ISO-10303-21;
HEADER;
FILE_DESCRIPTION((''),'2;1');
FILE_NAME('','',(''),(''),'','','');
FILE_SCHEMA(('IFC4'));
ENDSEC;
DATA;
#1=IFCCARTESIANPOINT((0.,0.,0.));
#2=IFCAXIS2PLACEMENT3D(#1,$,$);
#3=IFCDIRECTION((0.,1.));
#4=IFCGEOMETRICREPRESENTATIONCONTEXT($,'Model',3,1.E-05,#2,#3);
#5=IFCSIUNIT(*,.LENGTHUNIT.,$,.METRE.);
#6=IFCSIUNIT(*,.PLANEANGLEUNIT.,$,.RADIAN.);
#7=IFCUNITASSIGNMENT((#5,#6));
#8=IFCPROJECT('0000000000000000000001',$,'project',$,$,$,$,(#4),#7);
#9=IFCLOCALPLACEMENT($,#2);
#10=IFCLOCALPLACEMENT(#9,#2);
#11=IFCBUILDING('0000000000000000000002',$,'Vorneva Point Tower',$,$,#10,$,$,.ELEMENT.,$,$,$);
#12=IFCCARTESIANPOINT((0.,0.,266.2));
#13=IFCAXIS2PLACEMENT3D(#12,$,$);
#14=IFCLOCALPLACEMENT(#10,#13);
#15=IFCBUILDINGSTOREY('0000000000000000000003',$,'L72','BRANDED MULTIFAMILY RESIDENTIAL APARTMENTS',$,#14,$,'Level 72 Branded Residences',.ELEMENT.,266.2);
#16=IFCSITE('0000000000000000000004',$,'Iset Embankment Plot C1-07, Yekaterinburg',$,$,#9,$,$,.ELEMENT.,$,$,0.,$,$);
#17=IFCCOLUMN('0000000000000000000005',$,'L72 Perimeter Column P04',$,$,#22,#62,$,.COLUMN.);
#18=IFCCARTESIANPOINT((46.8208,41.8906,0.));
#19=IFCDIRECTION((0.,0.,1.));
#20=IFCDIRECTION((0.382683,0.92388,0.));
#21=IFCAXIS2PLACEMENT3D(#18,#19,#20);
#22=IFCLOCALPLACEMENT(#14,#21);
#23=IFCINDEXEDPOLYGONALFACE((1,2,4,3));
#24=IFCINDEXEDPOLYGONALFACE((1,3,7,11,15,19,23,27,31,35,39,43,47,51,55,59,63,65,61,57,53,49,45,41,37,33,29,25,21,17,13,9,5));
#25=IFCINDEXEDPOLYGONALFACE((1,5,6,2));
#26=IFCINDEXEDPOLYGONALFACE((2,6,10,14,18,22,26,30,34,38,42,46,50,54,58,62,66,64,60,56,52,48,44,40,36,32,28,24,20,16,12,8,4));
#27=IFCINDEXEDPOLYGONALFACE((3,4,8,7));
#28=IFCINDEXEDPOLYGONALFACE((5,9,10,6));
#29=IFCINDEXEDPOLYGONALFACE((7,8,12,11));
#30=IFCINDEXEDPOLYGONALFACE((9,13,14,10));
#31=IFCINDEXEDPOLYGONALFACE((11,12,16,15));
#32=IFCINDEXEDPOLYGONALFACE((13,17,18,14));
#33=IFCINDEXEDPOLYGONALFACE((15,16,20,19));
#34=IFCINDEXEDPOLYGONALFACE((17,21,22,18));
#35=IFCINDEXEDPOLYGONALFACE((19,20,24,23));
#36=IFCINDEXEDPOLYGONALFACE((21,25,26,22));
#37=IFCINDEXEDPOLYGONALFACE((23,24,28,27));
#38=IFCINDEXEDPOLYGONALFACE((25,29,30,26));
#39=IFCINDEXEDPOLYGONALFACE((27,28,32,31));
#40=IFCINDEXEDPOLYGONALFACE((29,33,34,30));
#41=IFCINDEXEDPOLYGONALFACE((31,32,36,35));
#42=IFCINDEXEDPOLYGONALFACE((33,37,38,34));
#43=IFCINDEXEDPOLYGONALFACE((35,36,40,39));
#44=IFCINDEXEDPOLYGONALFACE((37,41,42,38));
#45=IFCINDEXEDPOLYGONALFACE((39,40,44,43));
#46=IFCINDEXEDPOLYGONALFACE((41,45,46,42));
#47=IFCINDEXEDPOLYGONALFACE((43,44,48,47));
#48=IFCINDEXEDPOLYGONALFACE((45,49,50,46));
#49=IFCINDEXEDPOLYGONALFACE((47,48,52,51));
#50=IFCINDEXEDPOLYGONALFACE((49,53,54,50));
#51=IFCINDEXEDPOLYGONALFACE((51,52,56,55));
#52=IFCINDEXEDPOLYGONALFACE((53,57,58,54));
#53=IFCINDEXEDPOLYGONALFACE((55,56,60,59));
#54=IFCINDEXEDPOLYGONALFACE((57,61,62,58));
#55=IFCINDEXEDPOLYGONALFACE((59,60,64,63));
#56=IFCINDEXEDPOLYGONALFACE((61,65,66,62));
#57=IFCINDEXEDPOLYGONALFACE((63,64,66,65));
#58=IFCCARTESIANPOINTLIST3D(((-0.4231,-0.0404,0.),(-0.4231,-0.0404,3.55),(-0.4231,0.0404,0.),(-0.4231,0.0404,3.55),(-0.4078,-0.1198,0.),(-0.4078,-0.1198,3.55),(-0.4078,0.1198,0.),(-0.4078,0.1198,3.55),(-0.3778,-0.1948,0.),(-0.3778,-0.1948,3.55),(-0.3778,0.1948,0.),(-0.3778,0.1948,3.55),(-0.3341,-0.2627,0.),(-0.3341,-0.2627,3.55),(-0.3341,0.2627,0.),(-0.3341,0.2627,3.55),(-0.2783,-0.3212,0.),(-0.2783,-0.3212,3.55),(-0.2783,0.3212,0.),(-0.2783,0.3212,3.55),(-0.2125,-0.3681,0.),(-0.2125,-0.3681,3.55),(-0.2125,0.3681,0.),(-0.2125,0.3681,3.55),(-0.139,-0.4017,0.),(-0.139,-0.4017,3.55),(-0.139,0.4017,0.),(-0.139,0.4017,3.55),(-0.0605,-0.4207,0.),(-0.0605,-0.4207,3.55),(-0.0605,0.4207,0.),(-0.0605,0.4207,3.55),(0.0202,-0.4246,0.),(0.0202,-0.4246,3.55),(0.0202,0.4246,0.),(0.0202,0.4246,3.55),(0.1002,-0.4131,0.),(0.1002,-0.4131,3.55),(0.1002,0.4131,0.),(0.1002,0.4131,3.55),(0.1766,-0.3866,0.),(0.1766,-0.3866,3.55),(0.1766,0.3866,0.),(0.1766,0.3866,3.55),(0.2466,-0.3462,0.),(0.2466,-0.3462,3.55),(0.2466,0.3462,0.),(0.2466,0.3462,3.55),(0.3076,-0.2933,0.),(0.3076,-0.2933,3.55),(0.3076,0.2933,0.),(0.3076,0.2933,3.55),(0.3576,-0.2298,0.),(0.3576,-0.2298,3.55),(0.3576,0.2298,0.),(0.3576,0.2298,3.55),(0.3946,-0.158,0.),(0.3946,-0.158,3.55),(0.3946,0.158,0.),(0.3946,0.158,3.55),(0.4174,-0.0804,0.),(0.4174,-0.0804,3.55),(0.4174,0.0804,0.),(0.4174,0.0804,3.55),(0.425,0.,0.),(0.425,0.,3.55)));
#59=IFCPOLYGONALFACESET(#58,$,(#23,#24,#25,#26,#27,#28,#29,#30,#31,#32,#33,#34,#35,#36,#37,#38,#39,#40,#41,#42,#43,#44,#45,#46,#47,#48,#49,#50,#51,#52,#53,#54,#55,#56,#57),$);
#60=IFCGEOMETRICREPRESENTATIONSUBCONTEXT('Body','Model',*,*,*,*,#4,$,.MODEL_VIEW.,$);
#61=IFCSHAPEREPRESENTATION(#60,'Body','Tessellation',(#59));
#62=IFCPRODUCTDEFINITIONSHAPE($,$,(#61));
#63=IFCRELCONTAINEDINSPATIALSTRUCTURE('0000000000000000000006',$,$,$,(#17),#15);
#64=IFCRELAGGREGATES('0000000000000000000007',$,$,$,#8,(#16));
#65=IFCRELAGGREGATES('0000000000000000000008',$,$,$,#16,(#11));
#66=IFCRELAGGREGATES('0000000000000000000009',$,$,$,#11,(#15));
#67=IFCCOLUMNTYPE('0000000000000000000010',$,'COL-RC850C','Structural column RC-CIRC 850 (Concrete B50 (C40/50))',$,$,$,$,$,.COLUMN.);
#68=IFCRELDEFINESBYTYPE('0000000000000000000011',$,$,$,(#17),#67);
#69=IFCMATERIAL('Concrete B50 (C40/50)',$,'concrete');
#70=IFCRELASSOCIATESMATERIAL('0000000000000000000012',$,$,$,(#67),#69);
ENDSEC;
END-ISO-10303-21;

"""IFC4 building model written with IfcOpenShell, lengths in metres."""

from ifc_helpers import new_model, si_unit, direction, frame, origin, origin_2d, place, context, subcontext, project, spatial, circle, extrude, material, material_profile, profile_set, type_object, element, save


model = new_model("IFC4")

# Units and contexts
model_context = context("Model", 3, precision=1e-05, world=origin(), true_north=direction((0.0, 1.0)))
body_context = subcontext(model_context, "Body", "Model", "MODEL_VIEW")
ifc_project = project(units=[si_unit("LENGTHUNIT", "METRE"), si_unit("PLANEANGLEUNIT", "RADIAN")], contexts=[model_context])

# Site, building, storey
site_placement = place(None, origin())
site = spatial("IfcSite", under=ifc_project, at=site_placement, Name="Iset Embankment Plot C1-07, Yekaterinburg", CompositionType="ELEMENT", RefElevation=0.0)
building_placement = place(site_placement, origin())
building = spatial("IfcBuilding", under=site, at=building_placement, Name="Vorneva Point Tower", CompositionType="ELEMENT")
storey_placement = place(building_placement, frame((0.0, 0.0, 266.2)))
storey = spatial("IfcBuildingStorey", under=building, at=storey_placement, Name="L72", Description="BRANDED MULTIFAMILY RESIDENTIAL APARTMENTS", LongName="Level 72 Branded Residences", CompositionType="ELEMENT", Elevation=266.2)

# Column
ifc_material_1 = material(Name="Concrete B50 (C40/50)", Category="concrete")
ifc_material_profile_1 = material_profile(ifc_material_1, circle(Radius=0.425, at=origin_2d()), Name="RC-CIRC 850")
ifc_profile_set_1 = profile_set([ifc_material_profile_1], Name="Concrete B50 (C40/50)")
column_type = type_object("IfcColumnType", Name="COL-RC850C", Description="Structural column RC-CIRC 850 (Concrete B50 (C40/50))", PredefinedType="COLUMN", material=ifc_profile_set_1)
for number, where, z_axis, x_axis, name in (
    (1, (46.8208, 41.8906, 0.0), (0.0, 0.0, 1.0), (0.382683, 0.92388, 0.0), "L72 Perimeter Column P04"),
):
    element("IfcColumn", number, at=place(storey_placement, frame(where, z_axis=z_axis, x_axis=x_axis)), inside=storey, type_object=column_type, Name=name, PredefinedType="COLUMN", context=body_context, shape_type="SweptSolid", body=[
        extrude(circle(Radius=0.425, at=origin_2d()), origin(), (0.0, 0.0, 1.0), 3.55),
    ])

save(model, "model.ifc")
